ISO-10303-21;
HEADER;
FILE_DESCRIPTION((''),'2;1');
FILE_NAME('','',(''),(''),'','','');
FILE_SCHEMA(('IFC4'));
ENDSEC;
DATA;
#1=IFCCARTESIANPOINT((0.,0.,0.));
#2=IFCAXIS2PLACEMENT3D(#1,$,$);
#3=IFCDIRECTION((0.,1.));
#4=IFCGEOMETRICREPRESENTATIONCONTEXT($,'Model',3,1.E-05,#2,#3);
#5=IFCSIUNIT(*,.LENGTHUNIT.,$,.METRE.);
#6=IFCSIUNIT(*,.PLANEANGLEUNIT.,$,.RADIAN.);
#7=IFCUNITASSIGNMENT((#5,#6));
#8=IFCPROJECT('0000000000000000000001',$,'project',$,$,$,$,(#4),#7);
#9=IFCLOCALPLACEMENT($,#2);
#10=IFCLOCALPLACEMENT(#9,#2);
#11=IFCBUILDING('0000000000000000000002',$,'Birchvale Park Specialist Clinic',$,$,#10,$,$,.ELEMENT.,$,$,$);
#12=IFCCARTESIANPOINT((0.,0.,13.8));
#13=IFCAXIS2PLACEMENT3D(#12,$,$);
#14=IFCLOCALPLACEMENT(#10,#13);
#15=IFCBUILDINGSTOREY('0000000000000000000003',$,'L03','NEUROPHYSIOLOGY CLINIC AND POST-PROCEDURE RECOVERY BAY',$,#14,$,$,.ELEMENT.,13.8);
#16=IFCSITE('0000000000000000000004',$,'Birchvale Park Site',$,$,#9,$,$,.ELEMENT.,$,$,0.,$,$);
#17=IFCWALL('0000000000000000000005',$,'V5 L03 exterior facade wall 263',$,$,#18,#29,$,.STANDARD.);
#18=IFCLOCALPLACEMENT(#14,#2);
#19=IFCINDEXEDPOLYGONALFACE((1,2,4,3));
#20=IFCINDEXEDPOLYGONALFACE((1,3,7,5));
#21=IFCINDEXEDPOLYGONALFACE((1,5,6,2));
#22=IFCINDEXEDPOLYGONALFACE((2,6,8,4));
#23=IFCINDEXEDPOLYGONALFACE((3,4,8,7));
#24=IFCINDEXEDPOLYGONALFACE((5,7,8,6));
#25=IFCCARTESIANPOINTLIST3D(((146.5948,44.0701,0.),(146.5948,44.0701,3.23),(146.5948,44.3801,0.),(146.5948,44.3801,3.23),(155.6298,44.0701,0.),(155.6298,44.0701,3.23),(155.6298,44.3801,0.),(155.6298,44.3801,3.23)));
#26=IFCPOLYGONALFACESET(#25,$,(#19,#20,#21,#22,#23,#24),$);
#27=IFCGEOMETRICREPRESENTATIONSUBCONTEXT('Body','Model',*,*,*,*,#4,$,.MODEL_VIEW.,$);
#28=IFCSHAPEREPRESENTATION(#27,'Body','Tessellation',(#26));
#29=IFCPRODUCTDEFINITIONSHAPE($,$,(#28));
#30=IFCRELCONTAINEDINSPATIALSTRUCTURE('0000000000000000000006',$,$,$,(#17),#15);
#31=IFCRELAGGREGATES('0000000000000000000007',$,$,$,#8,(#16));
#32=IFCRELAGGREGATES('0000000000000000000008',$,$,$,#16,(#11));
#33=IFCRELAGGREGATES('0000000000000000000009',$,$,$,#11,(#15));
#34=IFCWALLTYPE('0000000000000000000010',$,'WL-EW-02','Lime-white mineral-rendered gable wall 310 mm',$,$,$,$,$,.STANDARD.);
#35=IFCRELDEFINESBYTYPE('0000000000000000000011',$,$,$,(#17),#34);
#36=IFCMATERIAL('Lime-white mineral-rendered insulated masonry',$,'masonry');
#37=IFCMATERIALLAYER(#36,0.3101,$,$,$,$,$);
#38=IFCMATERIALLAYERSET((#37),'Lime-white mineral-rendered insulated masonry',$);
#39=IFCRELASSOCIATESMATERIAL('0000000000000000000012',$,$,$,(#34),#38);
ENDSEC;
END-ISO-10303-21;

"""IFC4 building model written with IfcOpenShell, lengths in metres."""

from ifc_helpers import new_model, si_unit, direction, frame, frame_2d, origin, place, context, subcontext, project, spatial, rectangle, extrude, material, layer, layer_set, type_object, element, save


model = new_model("IFC4")

# Units and contexts
model_context = context("Model", 3, precision=1e-05, world=origin(), true_north=direction((0.0, 1.0)))
body_context = subcontext(model_context, "Body", "Model", "MODEL_VIEW")
ifc_project = project(units=[si_unit("LENGTHUNIT", "METRE"), si_unit("PLANEANGLEUNIT", "RADIAN")], contexts=[model_context])

# Site, building, storey
site_placement = place(None, origin())
site = spatial("IfcSite", under=ifc_project, at=site_placement, Name="Birchvale Park Site", CompositionType="ELEMENT", RefElevation=0.0)
building_placement = place(site_placement, origin())
building = spatial("IfcBuilding", under=site, at=building_placement, Name="Birchvale Park Specialist Clinic", CompositionType="ELEMENT")
storey_placement = place(building_placement, frame((0.0, 0.0, 13.8)))
storey = spatial("IfcBuildingStorey", under=building, at=storey_placement, Name="L03", Description="NEUROPHYSIOLOGY CLINIC AND POST-PROCEDURE RECOVERY BAY", CompositionType="ELEMENT", Elevation=13.8)

# Wall
ifc_material_1 = material(Name="Lime-white mineral-rendered insulated masonry", Category="masonry")
ifc_layer_1 = layer(ifc_material_1, 0.3101)
ifc_layer_set_1 = layer_set([ifc_layer_1], Name="Lime-white mineral-rendered insulated masonry")
wall_type = type_object("IfcWallType", Name="WL-EW-02", Description="Lime-white mineral-rendered gable wall 310 mm", PredefinedType="STANDARD", material=ifc_layer_set_1)
wall_placement = place(storey_placement, frame((155.6299, 44.2251, 0.0), z_axis=(0.0, 0.0, 1.0), x_axis=(-1.0, 0.0, 0.0)))
element("IfcWall", 1, at=wall_placement, inside=storey, type_object=wall_type, Name="V5 L03 exterior facade wall 263", PredefinedType="STANDARD", context=body_context, shape_type="SweptSolid", body=[
    extrude(rectangle(XDim=9.0349, YDim=0.3101, at=frame_2d((4.5176, 0.0))), origin(), (0.0, 0.0, 1.0), 3.23),
])

save(model, "model.ifc")
